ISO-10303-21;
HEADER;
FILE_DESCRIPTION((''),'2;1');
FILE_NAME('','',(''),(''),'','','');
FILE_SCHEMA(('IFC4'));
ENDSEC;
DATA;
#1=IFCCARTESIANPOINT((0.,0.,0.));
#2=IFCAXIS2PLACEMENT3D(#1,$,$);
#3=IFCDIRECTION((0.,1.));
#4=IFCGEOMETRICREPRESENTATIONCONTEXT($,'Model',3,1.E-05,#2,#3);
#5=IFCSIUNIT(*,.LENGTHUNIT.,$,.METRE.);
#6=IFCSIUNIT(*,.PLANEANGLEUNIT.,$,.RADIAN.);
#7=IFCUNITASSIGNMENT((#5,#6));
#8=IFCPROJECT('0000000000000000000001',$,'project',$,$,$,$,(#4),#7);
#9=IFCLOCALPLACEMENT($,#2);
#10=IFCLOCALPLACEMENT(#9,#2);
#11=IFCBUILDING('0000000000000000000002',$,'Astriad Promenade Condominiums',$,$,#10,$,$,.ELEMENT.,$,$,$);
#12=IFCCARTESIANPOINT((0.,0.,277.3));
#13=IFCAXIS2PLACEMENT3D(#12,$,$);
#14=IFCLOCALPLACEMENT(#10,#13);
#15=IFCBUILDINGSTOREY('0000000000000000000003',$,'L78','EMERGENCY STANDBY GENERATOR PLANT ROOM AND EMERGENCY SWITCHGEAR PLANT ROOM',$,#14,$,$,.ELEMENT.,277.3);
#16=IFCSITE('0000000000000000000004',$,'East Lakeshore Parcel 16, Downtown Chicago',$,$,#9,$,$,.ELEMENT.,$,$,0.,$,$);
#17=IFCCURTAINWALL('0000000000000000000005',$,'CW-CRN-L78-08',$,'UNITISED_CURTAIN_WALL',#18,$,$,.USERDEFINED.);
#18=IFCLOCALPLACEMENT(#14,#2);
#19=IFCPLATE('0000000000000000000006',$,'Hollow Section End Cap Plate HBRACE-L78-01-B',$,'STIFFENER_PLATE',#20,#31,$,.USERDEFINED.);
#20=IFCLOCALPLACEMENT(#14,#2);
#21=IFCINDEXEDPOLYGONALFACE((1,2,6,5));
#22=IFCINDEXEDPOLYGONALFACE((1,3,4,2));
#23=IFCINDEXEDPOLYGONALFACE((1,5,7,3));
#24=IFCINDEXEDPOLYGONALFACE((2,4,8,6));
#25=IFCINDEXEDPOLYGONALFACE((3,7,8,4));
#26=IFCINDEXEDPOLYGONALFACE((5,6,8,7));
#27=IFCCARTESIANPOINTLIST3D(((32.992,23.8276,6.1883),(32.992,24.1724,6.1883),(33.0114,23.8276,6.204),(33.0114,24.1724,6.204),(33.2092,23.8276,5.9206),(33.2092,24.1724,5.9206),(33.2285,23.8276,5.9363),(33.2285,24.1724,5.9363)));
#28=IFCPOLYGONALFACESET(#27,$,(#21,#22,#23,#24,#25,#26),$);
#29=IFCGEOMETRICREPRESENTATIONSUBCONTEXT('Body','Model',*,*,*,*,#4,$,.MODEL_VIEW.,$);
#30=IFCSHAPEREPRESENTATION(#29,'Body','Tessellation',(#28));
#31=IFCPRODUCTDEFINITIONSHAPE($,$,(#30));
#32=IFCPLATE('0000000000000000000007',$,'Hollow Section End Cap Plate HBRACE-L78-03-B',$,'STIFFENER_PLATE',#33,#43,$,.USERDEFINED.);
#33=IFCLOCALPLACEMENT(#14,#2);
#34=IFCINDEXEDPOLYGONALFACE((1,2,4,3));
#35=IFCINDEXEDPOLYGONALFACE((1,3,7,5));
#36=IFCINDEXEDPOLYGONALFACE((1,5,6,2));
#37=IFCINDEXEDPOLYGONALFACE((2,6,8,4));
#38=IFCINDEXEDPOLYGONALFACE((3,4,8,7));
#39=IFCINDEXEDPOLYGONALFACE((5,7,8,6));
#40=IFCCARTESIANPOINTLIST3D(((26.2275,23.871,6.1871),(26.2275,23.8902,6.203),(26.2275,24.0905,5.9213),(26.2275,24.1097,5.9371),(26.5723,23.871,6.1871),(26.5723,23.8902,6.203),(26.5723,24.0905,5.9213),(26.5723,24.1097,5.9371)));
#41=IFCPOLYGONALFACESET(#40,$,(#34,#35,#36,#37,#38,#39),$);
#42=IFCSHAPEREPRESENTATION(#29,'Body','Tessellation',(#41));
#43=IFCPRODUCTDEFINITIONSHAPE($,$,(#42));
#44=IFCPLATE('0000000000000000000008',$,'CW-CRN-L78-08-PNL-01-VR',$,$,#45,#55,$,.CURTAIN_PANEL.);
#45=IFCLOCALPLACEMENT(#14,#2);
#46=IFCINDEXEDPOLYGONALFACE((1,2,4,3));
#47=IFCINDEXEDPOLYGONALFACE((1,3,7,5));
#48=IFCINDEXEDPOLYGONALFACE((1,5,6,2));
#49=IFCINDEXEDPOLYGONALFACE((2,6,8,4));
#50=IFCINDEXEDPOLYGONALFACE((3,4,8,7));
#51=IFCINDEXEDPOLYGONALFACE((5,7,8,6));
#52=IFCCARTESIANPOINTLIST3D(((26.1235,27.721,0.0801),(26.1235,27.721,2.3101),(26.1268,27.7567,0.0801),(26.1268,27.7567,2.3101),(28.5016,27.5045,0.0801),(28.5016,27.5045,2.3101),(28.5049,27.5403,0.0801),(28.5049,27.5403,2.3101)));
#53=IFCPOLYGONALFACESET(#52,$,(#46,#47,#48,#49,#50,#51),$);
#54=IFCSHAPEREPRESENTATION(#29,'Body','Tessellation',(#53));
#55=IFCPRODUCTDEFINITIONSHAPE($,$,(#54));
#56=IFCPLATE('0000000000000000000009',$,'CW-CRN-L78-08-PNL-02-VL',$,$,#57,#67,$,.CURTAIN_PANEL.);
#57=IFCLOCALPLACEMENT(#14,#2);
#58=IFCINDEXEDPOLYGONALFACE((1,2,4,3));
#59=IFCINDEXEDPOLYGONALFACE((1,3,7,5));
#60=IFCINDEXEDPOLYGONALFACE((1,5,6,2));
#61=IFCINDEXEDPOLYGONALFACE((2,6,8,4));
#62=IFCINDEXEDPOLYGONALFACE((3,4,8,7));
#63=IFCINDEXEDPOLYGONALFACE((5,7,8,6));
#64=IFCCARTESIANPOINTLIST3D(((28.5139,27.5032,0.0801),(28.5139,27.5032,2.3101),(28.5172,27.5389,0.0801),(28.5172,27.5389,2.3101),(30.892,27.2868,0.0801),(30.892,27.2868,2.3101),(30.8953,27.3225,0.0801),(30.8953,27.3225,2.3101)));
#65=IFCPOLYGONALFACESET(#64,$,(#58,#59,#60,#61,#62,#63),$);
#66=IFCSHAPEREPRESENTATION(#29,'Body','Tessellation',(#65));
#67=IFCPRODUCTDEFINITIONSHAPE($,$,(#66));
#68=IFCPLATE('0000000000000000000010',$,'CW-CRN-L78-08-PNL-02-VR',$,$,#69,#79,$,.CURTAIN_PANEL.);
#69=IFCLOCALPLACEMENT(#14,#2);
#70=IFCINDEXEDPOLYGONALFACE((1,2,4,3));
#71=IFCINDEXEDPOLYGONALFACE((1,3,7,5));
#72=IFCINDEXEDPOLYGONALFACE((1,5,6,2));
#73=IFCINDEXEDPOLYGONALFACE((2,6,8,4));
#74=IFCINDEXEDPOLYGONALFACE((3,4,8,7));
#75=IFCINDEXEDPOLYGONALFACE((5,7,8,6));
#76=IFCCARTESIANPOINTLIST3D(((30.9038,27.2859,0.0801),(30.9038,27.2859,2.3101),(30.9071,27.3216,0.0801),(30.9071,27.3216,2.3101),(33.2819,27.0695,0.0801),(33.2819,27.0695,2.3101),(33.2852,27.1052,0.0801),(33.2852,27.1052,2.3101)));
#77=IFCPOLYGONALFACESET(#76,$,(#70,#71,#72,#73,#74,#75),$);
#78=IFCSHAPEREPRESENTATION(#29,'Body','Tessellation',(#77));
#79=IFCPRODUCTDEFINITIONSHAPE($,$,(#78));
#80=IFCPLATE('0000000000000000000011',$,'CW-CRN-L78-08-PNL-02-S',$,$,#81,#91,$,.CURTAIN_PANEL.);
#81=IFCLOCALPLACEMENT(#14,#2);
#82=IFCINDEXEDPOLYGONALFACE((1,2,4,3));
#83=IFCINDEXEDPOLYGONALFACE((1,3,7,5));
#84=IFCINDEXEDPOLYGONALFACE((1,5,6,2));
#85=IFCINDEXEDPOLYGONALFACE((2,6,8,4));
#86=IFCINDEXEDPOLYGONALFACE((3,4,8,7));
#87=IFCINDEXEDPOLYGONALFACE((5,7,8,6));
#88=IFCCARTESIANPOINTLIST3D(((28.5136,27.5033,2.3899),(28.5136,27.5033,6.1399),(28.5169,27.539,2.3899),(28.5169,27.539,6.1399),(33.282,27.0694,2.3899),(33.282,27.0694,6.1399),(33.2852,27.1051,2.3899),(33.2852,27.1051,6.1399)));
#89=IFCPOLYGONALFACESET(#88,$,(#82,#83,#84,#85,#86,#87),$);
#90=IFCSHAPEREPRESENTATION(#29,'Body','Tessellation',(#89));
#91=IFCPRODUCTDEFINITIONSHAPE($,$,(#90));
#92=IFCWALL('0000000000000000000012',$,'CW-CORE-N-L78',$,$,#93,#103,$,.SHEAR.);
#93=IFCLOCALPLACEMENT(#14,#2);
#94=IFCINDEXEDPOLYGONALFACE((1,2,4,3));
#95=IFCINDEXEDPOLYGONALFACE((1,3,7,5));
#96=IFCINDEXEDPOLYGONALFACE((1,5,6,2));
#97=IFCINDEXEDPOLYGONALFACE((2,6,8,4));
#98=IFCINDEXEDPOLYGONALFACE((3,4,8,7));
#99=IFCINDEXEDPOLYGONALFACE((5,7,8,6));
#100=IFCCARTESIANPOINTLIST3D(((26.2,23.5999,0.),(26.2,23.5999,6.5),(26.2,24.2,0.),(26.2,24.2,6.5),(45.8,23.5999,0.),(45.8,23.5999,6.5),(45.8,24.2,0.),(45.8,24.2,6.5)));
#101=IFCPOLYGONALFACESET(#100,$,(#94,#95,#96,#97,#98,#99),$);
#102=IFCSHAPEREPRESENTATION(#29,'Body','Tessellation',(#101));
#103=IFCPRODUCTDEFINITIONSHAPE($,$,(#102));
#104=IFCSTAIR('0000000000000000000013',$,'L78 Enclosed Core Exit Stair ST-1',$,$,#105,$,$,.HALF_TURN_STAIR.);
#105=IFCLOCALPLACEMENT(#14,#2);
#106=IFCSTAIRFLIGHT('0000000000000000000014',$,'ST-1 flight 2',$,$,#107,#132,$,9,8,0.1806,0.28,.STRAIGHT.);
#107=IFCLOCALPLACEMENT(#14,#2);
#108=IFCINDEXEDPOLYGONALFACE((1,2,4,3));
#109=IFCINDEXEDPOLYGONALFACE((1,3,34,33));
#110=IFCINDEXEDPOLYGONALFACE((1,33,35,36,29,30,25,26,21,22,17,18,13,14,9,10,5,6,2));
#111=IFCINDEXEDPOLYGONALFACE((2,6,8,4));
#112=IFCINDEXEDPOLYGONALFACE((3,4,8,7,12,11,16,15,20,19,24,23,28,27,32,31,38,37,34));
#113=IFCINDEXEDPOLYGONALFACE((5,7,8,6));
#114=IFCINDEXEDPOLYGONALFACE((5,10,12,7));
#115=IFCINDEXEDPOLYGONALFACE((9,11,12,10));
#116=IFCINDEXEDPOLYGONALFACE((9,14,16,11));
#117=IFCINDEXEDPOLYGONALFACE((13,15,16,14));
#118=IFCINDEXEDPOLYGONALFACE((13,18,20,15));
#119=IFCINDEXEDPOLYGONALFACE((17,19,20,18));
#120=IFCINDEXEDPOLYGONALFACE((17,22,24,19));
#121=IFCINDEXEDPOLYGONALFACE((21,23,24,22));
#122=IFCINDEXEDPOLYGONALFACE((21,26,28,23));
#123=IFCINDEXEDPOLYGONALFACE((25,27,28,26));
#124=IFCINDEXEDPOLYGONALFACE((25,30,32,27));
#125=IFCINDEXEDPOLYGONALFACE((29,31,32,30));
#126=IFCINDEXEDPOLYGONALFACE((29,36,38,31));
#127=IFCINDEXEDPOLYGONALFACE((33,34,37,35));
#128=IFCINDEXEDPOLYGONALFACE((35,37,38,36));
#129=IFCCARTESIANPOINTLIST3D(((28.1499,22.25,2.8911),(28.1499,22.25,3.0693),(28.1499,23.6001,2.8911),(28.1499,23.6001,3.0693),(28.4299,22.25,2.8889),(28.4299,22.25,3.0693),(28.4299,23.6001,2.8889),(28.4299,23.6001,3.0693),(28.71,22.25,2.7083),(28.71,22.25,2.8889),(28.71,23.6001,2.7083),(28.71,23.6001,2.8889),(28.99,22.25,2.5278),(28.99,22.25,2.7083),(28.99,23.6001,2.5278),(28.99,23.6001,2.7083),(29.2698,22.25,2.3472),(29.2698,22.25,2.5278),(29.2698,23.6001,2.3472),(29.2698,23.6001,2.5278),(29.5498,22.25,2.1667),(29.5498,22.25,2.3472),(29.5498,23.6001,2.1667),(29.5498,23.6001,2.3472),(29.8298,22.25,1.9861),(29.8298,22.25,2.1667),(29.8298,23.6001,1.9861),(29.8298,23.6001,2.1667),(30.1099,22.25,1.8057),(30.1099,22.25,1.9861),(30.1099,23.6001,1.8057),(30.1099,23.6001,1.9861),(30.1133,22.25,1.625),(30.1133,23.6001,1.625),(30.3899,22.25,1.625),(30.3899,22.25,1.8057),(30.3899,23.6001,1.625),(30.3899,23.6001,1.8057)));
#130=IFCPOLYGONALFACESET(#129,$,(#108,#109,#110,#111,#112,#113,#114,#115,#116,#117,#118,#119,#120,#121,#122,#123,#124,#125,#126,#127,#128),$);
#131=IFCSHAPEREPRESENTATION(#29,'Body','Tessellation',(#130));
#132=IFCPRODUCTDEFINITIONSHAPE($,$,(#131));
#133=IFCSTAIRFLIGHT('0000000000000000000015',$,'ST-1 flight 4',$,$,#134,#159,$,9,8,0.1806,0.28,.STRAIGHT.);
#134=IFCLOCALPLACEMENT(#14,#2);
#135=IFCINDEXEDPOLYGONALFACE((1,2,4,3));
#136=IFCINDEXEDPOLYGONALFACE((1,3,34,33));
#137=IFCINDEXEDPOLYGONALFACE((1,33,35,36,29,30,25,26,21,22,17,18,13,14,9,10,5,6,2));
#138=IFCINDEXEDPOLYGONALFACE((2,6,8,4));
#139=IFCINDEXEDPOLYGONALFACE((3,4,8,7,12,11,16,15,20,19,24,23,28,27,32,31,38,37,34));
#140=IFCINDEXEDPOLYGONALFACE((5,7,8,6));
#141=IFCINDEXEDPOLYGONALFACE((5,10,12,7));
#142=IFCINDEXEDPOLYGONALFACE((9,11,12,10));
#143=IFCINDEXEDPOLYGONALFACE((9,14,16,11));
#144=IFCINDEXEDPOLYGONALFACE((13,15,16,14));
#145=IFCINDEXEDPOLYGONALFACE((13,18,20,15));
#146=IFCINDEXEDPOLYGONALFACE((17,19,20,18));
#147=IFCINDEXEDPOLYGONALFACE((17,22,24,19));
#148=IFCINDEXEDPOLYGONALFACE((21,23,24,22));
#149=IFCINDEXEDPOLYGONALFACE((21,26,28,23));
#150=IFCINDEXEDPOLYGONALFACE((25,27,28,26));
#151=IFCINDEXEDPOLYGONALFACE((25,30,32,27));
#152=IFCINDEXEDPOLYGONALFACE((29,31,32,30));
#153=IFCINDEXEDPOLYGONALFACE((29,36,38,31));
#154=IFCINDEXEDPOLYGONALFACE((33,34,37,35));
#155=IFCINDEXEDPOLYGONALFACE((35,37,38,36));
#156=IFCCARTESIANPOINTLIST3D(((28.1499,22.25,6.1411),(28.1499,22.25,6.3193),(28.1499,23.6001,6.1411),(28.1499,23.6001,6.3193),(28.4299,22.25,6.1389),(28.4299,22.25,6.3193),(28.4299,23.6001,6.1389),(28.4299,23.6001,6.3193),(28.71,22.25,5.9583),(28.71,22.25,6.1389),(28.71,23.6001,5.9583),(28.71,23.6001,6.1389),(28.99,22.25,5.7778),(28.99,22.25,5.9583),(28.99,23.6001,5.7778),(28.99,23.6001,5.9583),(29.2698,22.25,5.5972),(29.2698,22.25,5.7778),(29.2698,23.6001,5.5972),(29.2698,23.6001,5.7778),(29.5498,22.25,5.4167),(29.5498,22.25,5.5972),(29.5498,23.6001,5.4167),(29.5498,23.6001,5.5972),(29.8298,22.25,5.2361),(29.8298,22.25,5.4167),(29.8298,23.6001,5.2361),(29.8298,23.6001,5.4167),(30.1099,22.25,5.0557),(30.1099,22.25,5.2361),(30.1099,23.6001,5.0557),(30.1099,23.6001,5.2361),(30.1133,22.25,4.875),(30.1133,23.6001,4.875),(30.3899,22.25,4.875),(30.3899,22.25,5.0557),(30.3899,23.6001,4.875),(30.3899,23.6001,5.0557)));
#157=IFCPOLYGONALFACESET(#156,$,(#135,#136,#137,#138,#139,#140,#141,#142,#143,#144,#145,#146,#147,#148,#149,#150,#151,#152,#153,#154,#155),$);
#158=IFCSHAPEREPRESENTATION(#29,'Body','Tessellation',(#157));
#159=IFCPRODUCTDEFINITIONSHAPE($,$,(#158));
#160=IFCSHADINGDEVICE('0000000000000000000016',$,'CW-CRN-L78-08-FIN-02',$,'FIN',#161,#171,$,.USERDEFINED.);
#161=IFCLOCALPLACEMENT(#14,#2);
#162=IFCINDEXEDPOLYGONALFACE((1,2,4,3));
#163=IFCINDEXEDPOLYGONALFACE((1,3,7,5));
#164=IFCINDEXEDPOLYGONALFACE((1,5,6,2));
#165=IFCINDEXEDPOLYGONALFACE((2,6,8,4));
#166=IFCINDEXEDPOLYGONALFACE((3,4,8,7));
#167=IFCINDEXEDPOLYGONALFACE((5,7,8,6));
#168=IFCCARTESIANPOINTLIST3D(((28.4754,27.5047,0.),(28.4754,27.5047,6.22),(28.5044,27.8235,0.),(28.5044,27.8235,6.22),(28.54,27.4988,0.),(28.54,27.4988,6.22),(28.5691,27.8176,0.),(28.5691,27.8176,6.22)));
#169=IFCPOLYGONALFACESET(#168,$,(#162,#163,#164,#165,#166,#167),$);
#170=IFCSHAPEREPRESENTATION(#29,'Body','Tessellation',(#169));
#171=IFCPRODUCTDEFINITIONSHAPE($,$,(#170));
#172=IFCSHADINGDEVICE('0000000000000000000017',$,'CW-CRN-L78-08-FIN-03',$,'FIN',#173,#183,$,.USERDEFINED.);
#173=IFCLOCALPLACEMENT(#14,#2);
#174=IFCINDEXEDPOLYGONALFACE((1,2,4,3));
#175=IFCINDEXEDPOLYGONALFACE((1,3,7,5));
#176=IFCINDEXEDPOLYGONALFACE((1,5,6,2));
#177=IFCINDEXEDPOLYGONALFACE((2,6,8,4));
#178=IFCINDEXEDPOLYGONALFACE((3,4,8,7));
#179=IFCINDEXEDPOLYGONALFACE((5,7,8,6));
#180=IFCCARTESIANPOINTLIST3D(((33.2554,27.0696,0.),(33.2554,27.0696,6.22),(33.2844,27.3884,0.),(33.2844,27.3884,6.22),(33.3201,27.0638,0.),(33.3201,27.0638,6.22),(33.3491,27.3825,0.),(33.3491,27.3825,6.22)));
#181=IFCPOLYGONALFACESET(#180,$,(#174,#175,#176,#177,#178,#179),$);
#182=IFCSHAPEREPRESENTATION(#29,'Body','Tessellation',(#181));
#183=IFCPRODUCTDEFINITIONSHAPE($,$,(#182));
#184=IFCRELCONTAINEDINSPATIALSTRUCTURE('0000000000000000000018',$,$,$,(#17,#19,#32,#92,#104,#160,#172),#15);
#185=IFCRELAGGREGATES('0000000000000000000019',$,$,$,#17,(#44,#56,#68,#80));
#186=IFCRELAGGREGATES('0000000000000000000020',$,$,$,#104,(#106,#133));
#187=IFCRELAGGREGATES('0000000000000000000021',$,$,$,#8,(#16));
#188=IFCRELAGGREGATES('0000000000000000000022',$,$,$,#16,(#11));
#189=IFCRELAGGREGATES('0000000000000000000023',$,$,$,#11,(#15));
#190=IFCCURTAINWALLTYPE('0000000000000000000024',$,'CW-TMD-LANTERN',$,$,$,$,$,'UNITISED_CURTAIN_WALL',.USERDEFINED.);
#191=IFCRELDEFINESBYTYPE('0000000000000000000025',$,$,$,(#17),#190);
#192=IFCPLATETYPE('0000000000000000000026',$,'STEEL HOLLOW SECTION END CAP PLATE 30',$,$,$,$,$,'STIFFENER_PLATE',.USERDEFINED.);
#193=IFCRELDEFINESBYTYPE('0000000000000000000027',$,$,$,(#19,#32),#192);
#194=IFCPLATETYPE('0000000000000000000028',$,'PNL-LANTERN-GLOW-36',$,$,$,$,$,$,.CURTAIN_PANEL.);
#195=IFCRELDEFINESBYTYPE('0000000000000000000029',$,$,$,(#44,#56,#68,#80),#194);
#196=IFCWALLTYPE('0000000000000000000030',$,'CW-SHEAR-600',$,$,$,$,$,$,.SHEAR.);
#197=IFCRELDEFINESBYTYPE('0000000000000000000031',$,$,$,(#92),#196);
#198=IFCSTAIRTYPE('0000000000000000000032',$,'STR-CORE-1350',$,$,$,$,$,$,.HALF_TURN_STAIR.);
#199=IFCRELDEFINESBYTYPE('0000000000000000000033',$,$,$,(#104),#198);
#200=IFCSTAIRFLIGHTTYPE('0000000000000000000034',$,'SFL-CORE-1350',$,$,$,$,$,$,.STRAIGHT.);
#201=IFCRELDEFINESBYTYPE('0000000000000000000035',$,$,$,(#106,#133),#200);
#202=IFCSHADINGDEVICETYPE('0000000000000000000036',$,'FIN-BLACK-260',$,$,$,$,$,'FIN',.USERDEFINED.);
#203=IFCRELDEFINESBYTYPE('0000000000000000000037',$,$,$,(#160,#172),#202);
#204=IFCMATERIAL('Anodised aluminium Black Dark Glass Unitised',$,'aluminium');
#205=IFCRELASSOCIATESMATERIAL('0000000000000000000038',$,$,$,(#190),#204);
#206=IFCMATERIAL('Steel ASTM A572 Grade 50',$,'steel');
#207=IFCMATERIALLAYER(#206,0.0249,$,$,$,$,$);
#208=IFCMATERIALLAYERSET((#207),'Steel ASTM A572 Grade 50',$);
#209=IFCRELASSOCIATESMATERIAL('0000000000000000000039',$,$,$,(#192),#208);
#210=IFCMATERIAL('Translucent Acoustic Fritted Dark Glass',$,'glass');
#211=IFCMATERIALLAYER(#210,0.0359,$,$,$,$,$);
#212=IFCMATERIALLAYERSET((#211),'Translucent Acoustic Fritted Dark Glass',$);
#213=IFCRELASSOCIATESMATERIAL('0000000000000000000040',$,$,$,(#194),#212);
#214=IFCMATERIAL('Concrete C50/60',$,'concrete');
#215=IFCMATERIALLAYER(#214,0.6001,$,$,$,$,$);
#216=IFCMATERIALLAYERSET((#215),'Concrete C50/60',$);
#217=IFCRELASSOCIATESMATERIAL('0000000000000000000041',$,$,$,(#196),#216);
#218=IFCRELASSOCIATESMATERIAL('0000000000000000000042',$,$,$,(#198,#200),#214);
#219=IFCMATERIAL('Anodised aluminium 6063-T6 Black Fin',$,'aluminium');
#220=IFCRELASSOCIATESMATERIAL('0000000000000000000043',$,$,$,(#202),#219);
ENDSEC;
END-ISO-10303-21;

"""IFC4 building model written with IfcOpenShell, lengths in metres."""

from ifc_helpers import new_model, si_unit, direction, frame, frame_2d, origin, origin_2d, place, context, subcontext, project, spatial, polyline, rectangle, outline, extrude, source, transform, mapped, material, layer, layer_set, type_object, type_shapes, element, aggregate, save


model = new_model("IFC4")

# Units and contexts
model_context = context("Model", 3, precision=1e-05, world=origin(), true_north=direction((0.0, 1.0)))
body_context = subcontext(model_context, "Body", "Model", "MODEL_VIEW")
ifc_project = project(units=[si_unit("LENGTHUNIT", "METRE"), si_unit("PLANEANGLEUNIT", "RADIAN")], contexts=[model_context])

# Site, building, storey
site_placement = place(None, origin())
site = spatial("IfcSite", under=ifc_project, at=site_placement, Name="East Lakeshore Parcel 16, Downtown Chicago", CompositionType="ELEMENT", RefElevation=0.0)
building_placement = place(site_placement, origin())
building = spatial("IfcBuilding", under=site, at=building_placement, Name="Astriad Promenade Condominiums", CompositionType="ELEMENT")
storey_placement = place(building_placement, frame((0.0, 0.0, 277.3)))
storey = spatial("IfcBuildingStorey", under=building, at=storey_placement, Name="L78", Description="EMERGENCY STANDBY GENERATOR PLANT ROOM AND EMERGENCY SWITCHGEAR PLANT ROOM", CompositionType="ELEMENT", Elevation=277.3)

# Curtain wall
ifc_material_1 = material(Name="Anodised aluminium Black Dark Glass Unitised", Category="aluminium")
curtain_wall_type = type_object("IfcCurtainWallType", Name="CW-TMD-LANTERN", ElementType="UNITISED_CURTAIN_WALL", PredefinedType="USERDEFINED", material=ifc_material_1)
curtain_wall_placement = place(storey_placement, origin())
curtain_wall = element("IfcCurtainWall", 1, at=curtain_wall_placement, inside=storey, type_object=curtain_wall_type, Name="CW-CRN-L78-08", ObjectType="UNITISED_CURTAIN_WALL", PredefinedType="USERDEFINED")

# Plates
ifc_material_2 = material(Name="Steel ASTM A572 Grade 50", Category="steel")
ifc_layer_1 = layer(ifc_material_2, 0.0249)
ifc_layer_set_1 = layer_set([ifc_layer_1], Name="Steel ASTM A572 Grade 50")
plate_type_1 = type_object("IfcPlateType", Name="STEEL HOLLOW SECTION END CAP PLATE 30", ElementType="STIFFENER_PLATE", PredefinedType="USERDEFINED", material=ifc_layer_set_1)
shared_shape_1 = source(origin(), body_context, "Body", "SweptSolid", [
    extrude(rectangle(XDim=0.3447, YDim=0.3447, at=origin_2d()), origin(), (0.0, 0.0, 1.0), 0.0249),
])
for number, where, z_axis, x_axis, name in (
    (2, (33.1006, 24.0, 6.0544), (0.776676, 0.0, 0.629901), (0.0, 1.0, 0.0), "Hollow Section End Cap Plate HBRACE-L78-01-B"),
    (3, (26.3999, 23.9807, 6.0542), (0.0, 0.771082, 0.636736), (-1.0, 0.0, 0.0), "Hollow Section End Cap Plate HBRACE-L78-03-B"),
):
    element("IfcPlate", number, at=place(storey_placement, frame(where, z_axis=z_axis, x_axis=x_axis)), inside=storey, type_object=plate_type_1, Name=name, ObjectType="STIFFENER_PLATE", PredefinedType="USERDEFINED", context=body_context, shape_type="MappedRepresentation", body=[
        mapped(shared_shape_1, transform((0.0, 0.0, 0.0), scale=1.0)),
    ])

# Plates
ifc_material_3 = material(Name="Translucent Acoustic Fritted Dark Glass", Category="glass")
ifc_layer_2 = layer(ifc_material_3, 0.0359)
ifc_layer_set_2 = layer_set([ifc_layer_2], Name="Translucent Acoustic Fritted Dark Glass")
plate_type_2 = type_object("IfcPlateType", Name="PNL-LANTERN-GLOW-36", PredefinedType="CURTAIN_PANEL", material=ifc_layer_set_2)
shared_shape_2 = source(origin(), body_context, "Body", "SweptSolid", [
    extrude(rectangle(XDim=2.3879, YDim=0.0359, at=origin_2d()), origin(), (0.0, 0.0, 1.0), 2.23),
])
plate_1_placement = place(storey_placement, frame((27.3142, 27.6306, 0.0801), z_axis=(0.0, 0.0, 1.0), x_axis=(0.995884, -0.090633, 0.0)))
plate_1 = element("IfcPlate", 4, at=plate_1_placement, type_object=plate_type_2, Name="CW-CRN-L78-08-PNL-01-VR", PredefinedType="CURTAIN_PANEL", context=body_context, shape_type="MappedRepresentation", body=[
    mapped(shared_shape_2, transform((0.0, 0.0, 0.0), scale=1.0)),
])
plate_2_placement = place(storey_placement, frame((29.7046, 27.4128, 0.0801), z_axis=(0.0, 0.0, 1.0), x_axis=(0.995884, -0.090633, 0.0)))
plate_2 = element("IfcPlate", 5, at=plate_2_placement, type_object=plate_type_2, Name="CW-CRN-L78-08-PNL-02-VL", PredefinedType="CURTAIN_PANEL", context=body_context, shape_type="MappedRepresentation", body=[
    mapped(shared_shape_2, transform((0.0, 0.0, 0.0), scale=1.0)),
])
plate_3_placement = place(storey_placement, frame((32.0945, 27.1956, 0.0801), z_axis=(0.0, 0.0, 1.0), x_axis=(0.995884, -0.090633, 0.0)))
plate_3 = element("IfcPlate", 6, at=plate_3_placement, type_object=plate_type_2, Name="CW-CRN-L78-08-PNL-02-VR", PredefinedType="CURTAIN_PANEL", context=body_context, shape_type="MappedRepresentation", body=[
    mapped(shared_shape_2, transform((0.0, 0.0, 0.0), scale=1.0)),
])
shared_shape_3 = source(origin(), body_context, "Body", "SweptSolid", [
    extrude(rectangle(XDim=4.7881, YDim=0.0359, at=origin_2d()), origin(), (0.0, 0.0, 1.0), 3.75),
])
type_shapes(plate_type_2, [shared_shape_2, shared_shape_3])
plate_4_placement = place(storey_placement, frame((30.8994, 27.3042, 2.3899), z_axis=(0.0, 0.0, 1.0), x_axis=(0.995884, -0.090633, 0.0)))
plate_4 = element("IfcPlate", 7, at=plate_4_placement, type_object=plate_type_2, Name="CW-CRN-L78-08-PNL-02-S", PredefinedType="CURTAIN_PANEL", context=body_context, shape_type="MappedRepresentation", body=[
    mapped(shared_shape_3, transform((0.0, 0.0, 0.0), scale=1.0)),
])
aggregate(curtain_wall, [plate_1, plate_2, plate_3, plate_4])

# Wall
ifc_material_4 = material(Name="Concrete C50/60", Category="concrete")
ifc_layer_3 = layer(ifc_material_4, 0.6001)
ifc_layer_set_3 = layer_set([ifc_layer_3], Name="Concrete C50/60")
wall_type = type_object("IfcWallType", Name="CW-SHEAR-600", PredefinedType="SHEAR", material=ifc_layer_set_3)
wall_placement = place(storey_placement, frame((26.2, 23.8999, 0.0), z_axis=(0.0, 0.0, 1.0), x_axis=(1.0, 0.0, 0.0)))
element("IfcWall", 8, at=wall_placement, inside=storey, type_object=wall_type, Name="CW-CORE-N-L78", PredefinedType="SHEAR", context=body_context, shape_type="SweptSolid", body=[
    extrude(rectangle(XDim=19.6001, YDim=0.6001, at=frame_2d((9.8, 0.0))), origin(), (0.0, 0.0, 1.0), 6.5),
])

# Stair, stair flights
stair_type = type_object("IfcStairType", Name="STR-CORE-1350", PredefinedType="HALF_TURN_STAIR", material=ifc_material_4)
stair_placement = place(storey_placement, origin())
stair = element("IfcStair", 9, at=stair_placement, inside=storey, type_object=stair_type, Name="L78 Enclosed Core Exit Stair ST-1", PredefinedType="HALF_TURN_STAIR")
stair_flight_type = type_object("IfcStairFlightType", Name="SFL-CORE-1350", PredefinedType="STRAIGHT", material=ifc_material_4)
shared_shape_4 = source(origin(), body_context, "Body", "SweptSolid", [
    extrude(outline(polyline([(0.0, 0.0), (0.0, 0.1807), (0.28, 0.1807), (0.28, 0.3611), (0.5601, 0.3611), (0.5601, 0.5417), (0.8401, 0.5417), (0.8401, 0.7222), (1.1201, 0.7222), (1.1201, 0.9028), (1.3999, 0.9028), (1.3999, 1.0833), (1.6799, 1.0833), (1.6799, 1.2639), (1.96, 1.2639), (1.96, 1.4443), (2.24, 1.4443), (2.24, 1.625), (2.24, 1.2661), (0.2766, 0.0), (0.0, 0.0)])), frame((0.0, 0.675, 0.0), z_axis=(0.0, -1.0, 0.0), x_axis=(1.0, 0.0, 0.0)), (0.0, 0.0, 1.0), 1.3501),
])
type_shapes(stair_flight_type, [shared_shape_4])
stair_flight_1_placement = place(storey_placement, frame((30.3899, 22.925, 1.625), z_axis=(0.0, 0.0, 1.0), x_axis=(-1.0, 0.0, 0.0)))
stair_flight_1 = element("IfcStairFlight", 10, at=stair_flight_1_placement, type_object=stair_flight_type, Name="ST-1 flight 2", NumberOfRisers=9, NumberOfTreads=8, PredefinedType="STRAIGHT", RiserHeight=0.1806, TreadLength=0.28, context=body_context, shape_type="MappedRepresentation", body=[
    mapped(shared_shape_4, transform((0.0, 0.0, 0.0), scale=1.0)),
])
stair_flight_2_placement = place(storey_placement, frame((30.3899, 22.925, 4.875), z_axis=(0.0, 0.0, 1.0), x_axis=(-1.0, 0.0, 0.0)))
stair_flight_2 = element("IfcStairFlight", 11, at=stair_flight_2_placement, type_object=stair_flight_type, Name="ST-1 flight 4", NumberOfRisers=9, NumberOfTreads=8, PredefinedType="STRAIGHT", RiserHeight=0.1806, TreadLength=0.28, context=body_context, shape_type="MappedRepresentation", body=[
    mapped(shared_shape_4, transform((0.0, 0.0, 0.0), scale=1.0)),
])
aggregate(stair, [stair_flight_1, stair_flight_2])

# Shading devices
ifc_material_5 = material(Name="Anodised aluminium 6063-T6 Black Fin", Category="aluminium")
shading_device_type = type_object("IfcShadingDeviceType", Name="FIN-BLACK-260", ElementType="FIN", PredefinedType="USERDEFINED", material=ifc_material_5)
shared_shape_5 = source(origin(), body_context, "Body", "SweptSolid", [
    extrude(rectangle(XDim=0.0649, YDim=0.3201, at=origin_2d()), origin(), (0.0, 0.0, 1.0), 6.22),
])
type_shapes(shading_device_type, [shared_shape_5])
for number, where, z_axis, x_axis, name in (
    (12, (28.5222, 27.6611, 0.0), (0.0, 0.0, 1.0), (0.995884, -0.090633, 0.0), "CW-CRN-L78-08-FIN-02"),
    (13, (33.3022, 27.2261, 0.0), (0.0, 0.0, 1.0), (0.995884, -0.090633, 0.0), "CW-CRN-L78-08-FIN-03"),
):
    element("IfcShadingDevice", number, at=place(storey_placement, frame(where, z_axis=z_axis, x_axis=x_axis)), inside=storey, type_object=shading_device_type, Name=name, ObjectType="FIN", PredefinedType="USERDEFINED", context=body_context, shape_type="MappedRepresentation", body=[
        mapped(shared_shape_5, transform((0.0, 0.0, 0.0), scale=1.0)),
    ])

save(model, "model.ifc")
